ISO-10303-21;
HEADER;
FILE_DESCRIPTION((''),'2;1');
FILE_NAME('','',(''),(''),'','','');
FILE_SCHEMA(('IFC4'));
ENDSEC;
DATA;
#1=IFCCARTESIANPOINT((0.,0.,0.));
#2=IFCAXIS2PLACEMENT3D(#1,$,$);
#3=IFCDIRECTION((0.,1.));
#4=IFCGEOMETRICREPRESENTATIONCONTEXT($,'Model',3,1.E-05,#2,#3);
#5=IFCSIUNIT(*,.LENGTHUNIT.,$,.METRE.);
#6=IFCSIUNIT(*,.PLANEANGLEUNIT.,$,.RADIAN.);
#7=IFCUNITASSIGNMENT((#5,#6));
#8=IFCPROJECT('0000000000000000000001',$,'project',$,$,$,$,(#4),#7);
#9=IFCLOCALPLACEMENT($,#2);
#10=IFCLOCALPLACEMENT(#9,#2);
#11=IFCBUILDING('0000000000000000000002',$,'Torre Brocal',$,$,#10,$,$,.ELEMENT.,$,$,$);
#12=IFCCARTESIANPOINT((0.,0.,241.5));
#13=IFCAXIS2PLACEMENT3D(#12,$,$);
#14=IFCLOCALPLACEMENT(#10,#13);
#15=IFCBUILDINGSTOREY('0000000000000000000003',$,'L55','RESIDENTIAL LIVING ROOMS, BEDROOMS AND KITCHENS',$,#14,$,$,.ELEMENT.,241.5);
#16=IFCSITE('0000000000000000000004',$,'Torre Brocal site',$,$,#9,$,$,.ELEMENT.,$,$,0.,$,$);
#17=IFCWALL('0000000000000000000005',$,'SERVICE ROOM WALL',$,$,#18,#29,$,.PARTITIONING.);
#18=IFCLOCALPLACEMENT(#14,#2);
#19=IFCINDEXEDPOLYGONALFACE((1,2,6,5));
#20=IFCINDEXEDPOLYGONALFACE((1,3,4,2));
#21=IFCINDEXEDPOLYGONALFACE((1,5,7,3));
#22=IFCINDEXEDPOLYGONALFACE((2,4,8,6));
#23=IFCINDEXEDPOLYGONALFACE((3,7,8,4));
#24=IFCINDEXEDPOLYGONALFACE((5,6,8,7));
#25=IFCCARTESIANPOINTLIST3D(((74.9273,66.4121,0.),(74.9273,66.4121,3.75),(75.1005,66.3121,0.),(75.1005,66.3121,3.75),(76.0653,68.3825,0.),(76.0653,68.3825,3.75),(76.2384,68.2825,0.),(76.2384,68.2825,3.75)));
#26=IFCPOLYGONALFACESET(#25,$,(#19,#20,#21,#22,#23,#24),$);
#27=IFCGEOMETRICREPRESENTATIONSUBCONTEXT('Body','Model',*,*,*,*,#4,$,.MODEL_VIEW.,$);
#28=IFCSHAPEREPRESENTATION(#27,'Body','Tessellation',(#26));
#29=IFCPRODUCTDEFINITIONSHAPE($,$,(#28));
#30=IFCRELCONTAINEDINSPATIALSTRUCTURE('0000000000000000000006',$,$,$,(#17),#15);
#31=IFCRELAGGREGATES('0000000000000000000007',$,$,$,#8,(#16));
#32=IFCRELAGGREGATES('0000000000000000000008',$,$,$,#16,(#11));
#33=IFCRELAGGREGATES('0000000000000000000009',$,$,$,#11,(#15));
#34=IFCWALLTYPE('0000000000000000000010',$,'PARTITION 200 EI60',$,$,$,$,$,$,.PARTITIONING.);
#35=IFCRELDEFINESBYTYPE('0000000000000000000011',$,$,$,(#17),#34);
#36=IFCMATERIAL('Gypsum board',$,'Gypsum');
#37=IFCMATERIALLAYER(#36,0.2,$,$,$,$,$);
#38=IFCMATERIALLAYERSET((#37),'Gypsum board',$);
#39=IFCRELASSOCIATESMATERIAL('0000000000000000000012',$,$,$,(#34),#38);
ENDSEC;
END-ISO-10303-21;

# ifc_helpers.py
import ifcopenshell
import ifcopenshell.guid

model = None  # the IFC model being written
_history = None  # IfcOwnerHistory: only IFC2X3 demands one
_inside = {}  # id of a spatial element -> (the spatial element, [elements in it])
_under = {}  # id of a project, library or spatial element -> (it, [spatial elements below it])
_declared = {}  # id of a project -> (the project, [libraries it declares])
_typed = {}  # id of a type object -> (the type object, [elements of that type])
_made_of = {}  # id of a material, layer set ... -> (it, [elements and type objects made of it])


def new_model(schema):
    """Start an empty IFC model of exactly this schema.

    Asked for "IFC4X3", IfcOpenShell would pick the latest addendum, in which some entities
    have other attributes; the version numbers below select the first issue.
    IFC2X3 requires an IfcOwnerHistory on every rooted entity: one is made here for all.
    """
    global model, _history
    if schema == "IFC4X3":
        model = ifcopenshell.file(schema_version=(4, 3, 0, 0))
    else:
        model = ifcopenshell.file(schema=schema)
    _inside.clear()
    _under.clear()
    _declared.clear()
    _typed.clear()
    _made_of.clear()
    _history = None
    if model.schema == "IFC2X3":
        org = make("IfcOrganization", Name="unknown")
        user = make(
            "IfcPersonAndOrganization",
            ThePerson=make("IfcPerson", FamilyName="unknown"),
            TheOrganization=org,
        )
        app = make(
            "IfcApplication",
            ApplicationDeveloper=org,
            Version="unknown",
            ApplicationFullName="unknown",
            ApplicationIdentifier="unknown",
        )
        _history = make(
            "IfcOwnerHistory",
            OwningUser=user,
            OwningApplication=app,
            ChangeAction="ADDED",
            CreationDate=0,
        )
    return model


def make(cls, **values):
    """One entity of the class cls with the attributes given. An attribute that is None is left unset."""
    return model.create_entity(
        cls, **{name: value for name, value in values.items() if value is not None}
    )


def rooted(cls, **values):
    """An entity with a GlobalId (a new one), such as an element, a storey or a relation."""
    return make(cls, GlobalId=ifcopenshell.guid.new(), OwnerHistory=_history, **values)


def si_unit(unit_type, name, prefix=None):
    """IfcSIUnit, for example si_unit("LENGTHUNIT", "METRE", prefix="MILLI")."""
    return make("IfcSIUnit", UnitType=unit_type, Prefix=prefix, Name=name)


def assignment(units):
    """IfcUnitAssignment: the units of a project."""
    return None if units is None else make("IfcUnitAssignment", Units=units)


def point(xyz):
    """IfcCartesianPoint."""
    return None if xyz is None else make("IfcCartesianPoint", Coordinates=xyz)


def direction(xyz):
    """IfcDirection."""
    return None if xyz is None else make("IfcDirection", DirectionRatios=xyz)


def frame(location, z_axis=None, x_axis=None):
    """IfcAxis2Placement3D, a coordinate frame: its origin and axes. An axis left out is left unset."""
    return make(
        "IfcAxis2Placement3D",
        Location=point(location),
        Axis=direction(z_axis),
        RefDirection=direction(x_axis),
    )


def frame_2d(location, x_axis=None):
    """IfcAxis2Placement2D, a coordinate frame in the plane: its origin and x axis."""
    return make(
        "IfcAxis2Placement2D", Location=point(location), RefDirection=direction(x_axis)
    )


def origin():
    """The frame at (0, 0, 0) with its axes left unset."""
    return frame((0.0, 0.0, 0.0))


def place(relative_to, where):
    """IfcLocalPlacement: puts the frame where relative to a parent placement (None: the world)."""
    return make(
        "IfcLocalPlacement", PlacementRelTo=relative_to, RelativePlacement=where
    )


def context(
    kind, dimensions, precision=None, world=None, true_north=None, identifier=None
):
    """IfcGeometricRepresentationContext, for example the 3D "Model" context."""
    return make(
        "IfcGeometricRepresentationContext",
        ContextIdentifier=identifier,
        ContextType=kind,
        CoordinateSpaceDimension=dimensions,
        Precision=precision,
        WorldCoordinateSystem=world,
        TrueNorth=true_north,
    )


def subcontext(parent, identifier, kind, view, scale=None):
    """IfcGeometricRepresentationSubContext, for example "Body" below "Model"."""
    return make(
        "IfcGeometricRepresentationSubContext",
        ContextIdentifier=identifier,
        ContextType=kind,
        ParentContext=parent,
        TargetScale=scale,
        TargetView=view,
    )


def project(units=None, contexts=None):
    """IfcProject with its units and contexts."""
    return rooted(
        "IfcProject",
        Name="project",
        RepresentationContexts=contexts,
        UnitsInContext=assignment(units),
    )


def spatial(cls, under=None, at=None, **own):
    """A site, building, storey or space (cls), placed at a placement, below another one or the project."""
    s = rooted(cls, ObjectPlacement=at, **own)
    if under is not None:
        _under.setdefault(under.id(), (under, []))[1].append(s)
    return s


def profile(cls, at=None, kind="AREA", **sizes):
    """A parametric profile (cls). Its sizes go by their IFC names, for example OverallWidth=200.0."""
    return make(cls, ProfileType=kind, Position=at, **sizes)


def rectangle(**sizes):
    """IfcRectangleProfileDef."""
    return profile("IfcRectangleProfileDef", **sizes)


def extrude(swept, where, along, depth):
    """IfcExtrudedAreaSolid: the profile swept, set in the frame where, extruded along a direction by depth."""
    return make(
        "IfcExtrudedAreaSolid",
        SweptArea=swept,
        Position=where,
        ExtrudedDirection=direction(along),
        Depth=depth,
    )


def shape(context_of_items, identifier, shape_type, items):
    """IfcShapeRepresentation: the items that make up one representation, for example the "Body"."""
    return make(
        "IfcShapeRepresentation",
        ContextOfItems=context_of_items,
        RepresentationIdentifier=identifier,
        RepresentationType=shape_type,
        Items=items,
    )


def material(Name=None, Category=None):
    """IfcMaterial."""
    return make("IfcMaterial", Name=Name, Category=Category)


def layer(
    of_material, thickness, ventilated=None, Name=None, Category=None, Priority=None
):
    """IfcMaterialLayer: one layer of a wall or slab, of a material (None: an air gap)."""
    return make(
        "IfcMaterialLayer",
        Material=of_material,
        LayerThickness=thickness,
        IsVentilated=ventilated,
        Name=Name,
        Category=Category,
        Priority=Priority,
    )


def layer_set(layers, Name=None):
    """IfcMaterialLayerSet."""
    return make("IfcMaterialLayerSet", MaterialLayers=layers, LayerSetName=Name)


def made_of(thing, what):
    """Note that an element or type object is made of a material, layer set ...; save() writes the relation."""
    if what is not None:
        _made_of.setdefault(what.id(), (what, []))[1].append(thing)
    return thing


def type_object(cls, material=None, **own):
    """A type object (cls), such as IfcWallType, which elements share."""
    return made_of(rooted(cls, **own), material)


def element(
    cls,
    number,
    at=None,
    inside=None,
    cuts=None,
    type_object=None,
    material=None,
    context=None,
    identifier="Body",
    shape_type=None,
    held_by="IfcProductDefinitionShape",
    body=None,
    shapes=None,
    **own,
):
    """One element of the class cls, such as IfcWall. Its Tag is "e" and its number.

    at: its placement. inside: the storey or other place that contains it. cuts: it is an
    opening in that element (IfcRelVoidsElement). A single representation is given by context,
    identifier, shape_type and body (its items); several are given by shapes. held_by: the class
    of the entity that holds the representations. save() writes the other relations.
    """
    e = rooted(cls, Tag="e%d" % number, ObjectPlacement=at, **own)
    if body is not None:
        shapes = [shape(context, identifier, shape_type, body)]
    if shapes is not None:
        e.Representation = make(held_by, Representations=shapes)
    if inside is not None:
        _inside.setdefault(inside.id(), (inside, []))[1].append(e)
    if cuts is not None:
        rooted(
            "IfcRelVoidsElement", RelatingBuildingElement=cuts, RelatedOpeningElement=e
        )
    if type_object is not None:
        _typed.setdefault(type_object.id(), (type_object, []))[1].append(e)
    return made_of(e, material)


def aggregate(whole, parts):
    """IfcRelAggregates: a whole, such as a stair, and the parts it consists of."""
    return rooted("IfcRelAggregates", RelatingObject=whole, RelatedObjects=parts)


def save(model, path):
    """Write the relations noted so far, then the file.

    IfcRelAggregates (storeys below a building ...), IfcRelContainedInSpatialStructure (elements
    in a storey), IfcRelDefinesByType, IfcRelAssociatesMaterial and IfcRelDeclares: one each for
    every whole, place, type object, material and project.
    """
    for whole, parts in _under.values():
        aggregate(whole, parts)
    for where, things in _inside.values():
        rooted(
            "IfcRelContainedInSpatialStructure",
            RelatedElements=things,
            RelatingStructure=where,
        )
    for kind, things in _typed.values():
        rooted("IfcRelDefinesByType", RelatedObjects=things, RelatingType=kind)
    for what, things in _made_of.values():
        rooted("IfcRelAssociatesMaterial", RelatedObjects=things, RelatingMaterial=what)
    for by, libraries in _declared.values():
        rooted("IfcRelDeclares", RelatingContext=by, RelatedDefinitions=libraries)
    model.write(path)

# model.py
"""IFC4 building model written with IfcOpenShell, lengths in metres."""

from ifc_helpers import new_model, si_unit, direction, frame, frame_2d, origin, place, context, subcontext, project, spatial, rectangle, extrude, material, layer, layer_set, type_object, element, save


model = new_model("IFC4")

# Units and contexts
model_context = context("Model", 3, precision=1e-05, world=origin(), true_north=direction((0.0, 1.0)))
body_context = subcontext(model_context, "Body", "Model", "MODEL_VIEW")
ifc_project = project(units=[si_unit("LENGTHUNIT", "METRE"), si_unit("PLANEANGLEUNIT", "RADIAN")], contexts=[model_context])

# Site, building, storey
site_placement = place(None, origin())
site = spatial("IfcSite", under=ifc_project, at=site_placement, Name="Torre Brocal site", CompositionType="ELEMENT", RefElevation=0.0)
building_placement = place(site_placement, origin())
building = spatial("IfcBuilding", under=site, at=building_placement, Name="Torre Brocal", CompositionType="ELEMENT")
storey_placement = place(building_placement, frame((0.0, 0.0, 241.5)))
storey = spatial("IfcBuildingStorey", under=building, at=storey_placement, Name="L55", Description="RESIDENTIAL LIVING ROOMS, BEDROOMS AND KITCHENS", CompositionType="ELEMENT", Elevation=241.5)

# Shared definitions
ifc_material_1 = material(Name="Gypsum board", Category="Gypsum")
ifc_layer_1 = layer(ifc_material_1, 0.2)
ifc_layer_set_1 = layer_set([ifc_layer_1], Name="Gypsum board")
wall_type_1 = type_object("IfcWallType", Name="PARTITION 200 EI60", PredefinedType="PARTITIONING", material=ifc_layer_set_1)

# Wall
wall_1_placement = place(storey_placement, frame((75.0139, 66.3621, 0.0), z_axis=(0.0, 0.0, 1.0), x_axis=(0.500097, 0.865969, 0.0)))
element("IfcWall", 1, at=wall_1_placement, inside=storey, type_object=wall_type_1, Name="SERVICE ROOM WALL", PredefinedType="PARTITIONING", context=body_context, shape_type="SweptSolid", body=[
    extrude(rectangle(XDim=2.2754, YDim=0.2, at=frame_2d((1.1377, 0.0))), origin(), (0.0, 0.0, 1.0), 3.75),
])

save(model, "model.ifc")
